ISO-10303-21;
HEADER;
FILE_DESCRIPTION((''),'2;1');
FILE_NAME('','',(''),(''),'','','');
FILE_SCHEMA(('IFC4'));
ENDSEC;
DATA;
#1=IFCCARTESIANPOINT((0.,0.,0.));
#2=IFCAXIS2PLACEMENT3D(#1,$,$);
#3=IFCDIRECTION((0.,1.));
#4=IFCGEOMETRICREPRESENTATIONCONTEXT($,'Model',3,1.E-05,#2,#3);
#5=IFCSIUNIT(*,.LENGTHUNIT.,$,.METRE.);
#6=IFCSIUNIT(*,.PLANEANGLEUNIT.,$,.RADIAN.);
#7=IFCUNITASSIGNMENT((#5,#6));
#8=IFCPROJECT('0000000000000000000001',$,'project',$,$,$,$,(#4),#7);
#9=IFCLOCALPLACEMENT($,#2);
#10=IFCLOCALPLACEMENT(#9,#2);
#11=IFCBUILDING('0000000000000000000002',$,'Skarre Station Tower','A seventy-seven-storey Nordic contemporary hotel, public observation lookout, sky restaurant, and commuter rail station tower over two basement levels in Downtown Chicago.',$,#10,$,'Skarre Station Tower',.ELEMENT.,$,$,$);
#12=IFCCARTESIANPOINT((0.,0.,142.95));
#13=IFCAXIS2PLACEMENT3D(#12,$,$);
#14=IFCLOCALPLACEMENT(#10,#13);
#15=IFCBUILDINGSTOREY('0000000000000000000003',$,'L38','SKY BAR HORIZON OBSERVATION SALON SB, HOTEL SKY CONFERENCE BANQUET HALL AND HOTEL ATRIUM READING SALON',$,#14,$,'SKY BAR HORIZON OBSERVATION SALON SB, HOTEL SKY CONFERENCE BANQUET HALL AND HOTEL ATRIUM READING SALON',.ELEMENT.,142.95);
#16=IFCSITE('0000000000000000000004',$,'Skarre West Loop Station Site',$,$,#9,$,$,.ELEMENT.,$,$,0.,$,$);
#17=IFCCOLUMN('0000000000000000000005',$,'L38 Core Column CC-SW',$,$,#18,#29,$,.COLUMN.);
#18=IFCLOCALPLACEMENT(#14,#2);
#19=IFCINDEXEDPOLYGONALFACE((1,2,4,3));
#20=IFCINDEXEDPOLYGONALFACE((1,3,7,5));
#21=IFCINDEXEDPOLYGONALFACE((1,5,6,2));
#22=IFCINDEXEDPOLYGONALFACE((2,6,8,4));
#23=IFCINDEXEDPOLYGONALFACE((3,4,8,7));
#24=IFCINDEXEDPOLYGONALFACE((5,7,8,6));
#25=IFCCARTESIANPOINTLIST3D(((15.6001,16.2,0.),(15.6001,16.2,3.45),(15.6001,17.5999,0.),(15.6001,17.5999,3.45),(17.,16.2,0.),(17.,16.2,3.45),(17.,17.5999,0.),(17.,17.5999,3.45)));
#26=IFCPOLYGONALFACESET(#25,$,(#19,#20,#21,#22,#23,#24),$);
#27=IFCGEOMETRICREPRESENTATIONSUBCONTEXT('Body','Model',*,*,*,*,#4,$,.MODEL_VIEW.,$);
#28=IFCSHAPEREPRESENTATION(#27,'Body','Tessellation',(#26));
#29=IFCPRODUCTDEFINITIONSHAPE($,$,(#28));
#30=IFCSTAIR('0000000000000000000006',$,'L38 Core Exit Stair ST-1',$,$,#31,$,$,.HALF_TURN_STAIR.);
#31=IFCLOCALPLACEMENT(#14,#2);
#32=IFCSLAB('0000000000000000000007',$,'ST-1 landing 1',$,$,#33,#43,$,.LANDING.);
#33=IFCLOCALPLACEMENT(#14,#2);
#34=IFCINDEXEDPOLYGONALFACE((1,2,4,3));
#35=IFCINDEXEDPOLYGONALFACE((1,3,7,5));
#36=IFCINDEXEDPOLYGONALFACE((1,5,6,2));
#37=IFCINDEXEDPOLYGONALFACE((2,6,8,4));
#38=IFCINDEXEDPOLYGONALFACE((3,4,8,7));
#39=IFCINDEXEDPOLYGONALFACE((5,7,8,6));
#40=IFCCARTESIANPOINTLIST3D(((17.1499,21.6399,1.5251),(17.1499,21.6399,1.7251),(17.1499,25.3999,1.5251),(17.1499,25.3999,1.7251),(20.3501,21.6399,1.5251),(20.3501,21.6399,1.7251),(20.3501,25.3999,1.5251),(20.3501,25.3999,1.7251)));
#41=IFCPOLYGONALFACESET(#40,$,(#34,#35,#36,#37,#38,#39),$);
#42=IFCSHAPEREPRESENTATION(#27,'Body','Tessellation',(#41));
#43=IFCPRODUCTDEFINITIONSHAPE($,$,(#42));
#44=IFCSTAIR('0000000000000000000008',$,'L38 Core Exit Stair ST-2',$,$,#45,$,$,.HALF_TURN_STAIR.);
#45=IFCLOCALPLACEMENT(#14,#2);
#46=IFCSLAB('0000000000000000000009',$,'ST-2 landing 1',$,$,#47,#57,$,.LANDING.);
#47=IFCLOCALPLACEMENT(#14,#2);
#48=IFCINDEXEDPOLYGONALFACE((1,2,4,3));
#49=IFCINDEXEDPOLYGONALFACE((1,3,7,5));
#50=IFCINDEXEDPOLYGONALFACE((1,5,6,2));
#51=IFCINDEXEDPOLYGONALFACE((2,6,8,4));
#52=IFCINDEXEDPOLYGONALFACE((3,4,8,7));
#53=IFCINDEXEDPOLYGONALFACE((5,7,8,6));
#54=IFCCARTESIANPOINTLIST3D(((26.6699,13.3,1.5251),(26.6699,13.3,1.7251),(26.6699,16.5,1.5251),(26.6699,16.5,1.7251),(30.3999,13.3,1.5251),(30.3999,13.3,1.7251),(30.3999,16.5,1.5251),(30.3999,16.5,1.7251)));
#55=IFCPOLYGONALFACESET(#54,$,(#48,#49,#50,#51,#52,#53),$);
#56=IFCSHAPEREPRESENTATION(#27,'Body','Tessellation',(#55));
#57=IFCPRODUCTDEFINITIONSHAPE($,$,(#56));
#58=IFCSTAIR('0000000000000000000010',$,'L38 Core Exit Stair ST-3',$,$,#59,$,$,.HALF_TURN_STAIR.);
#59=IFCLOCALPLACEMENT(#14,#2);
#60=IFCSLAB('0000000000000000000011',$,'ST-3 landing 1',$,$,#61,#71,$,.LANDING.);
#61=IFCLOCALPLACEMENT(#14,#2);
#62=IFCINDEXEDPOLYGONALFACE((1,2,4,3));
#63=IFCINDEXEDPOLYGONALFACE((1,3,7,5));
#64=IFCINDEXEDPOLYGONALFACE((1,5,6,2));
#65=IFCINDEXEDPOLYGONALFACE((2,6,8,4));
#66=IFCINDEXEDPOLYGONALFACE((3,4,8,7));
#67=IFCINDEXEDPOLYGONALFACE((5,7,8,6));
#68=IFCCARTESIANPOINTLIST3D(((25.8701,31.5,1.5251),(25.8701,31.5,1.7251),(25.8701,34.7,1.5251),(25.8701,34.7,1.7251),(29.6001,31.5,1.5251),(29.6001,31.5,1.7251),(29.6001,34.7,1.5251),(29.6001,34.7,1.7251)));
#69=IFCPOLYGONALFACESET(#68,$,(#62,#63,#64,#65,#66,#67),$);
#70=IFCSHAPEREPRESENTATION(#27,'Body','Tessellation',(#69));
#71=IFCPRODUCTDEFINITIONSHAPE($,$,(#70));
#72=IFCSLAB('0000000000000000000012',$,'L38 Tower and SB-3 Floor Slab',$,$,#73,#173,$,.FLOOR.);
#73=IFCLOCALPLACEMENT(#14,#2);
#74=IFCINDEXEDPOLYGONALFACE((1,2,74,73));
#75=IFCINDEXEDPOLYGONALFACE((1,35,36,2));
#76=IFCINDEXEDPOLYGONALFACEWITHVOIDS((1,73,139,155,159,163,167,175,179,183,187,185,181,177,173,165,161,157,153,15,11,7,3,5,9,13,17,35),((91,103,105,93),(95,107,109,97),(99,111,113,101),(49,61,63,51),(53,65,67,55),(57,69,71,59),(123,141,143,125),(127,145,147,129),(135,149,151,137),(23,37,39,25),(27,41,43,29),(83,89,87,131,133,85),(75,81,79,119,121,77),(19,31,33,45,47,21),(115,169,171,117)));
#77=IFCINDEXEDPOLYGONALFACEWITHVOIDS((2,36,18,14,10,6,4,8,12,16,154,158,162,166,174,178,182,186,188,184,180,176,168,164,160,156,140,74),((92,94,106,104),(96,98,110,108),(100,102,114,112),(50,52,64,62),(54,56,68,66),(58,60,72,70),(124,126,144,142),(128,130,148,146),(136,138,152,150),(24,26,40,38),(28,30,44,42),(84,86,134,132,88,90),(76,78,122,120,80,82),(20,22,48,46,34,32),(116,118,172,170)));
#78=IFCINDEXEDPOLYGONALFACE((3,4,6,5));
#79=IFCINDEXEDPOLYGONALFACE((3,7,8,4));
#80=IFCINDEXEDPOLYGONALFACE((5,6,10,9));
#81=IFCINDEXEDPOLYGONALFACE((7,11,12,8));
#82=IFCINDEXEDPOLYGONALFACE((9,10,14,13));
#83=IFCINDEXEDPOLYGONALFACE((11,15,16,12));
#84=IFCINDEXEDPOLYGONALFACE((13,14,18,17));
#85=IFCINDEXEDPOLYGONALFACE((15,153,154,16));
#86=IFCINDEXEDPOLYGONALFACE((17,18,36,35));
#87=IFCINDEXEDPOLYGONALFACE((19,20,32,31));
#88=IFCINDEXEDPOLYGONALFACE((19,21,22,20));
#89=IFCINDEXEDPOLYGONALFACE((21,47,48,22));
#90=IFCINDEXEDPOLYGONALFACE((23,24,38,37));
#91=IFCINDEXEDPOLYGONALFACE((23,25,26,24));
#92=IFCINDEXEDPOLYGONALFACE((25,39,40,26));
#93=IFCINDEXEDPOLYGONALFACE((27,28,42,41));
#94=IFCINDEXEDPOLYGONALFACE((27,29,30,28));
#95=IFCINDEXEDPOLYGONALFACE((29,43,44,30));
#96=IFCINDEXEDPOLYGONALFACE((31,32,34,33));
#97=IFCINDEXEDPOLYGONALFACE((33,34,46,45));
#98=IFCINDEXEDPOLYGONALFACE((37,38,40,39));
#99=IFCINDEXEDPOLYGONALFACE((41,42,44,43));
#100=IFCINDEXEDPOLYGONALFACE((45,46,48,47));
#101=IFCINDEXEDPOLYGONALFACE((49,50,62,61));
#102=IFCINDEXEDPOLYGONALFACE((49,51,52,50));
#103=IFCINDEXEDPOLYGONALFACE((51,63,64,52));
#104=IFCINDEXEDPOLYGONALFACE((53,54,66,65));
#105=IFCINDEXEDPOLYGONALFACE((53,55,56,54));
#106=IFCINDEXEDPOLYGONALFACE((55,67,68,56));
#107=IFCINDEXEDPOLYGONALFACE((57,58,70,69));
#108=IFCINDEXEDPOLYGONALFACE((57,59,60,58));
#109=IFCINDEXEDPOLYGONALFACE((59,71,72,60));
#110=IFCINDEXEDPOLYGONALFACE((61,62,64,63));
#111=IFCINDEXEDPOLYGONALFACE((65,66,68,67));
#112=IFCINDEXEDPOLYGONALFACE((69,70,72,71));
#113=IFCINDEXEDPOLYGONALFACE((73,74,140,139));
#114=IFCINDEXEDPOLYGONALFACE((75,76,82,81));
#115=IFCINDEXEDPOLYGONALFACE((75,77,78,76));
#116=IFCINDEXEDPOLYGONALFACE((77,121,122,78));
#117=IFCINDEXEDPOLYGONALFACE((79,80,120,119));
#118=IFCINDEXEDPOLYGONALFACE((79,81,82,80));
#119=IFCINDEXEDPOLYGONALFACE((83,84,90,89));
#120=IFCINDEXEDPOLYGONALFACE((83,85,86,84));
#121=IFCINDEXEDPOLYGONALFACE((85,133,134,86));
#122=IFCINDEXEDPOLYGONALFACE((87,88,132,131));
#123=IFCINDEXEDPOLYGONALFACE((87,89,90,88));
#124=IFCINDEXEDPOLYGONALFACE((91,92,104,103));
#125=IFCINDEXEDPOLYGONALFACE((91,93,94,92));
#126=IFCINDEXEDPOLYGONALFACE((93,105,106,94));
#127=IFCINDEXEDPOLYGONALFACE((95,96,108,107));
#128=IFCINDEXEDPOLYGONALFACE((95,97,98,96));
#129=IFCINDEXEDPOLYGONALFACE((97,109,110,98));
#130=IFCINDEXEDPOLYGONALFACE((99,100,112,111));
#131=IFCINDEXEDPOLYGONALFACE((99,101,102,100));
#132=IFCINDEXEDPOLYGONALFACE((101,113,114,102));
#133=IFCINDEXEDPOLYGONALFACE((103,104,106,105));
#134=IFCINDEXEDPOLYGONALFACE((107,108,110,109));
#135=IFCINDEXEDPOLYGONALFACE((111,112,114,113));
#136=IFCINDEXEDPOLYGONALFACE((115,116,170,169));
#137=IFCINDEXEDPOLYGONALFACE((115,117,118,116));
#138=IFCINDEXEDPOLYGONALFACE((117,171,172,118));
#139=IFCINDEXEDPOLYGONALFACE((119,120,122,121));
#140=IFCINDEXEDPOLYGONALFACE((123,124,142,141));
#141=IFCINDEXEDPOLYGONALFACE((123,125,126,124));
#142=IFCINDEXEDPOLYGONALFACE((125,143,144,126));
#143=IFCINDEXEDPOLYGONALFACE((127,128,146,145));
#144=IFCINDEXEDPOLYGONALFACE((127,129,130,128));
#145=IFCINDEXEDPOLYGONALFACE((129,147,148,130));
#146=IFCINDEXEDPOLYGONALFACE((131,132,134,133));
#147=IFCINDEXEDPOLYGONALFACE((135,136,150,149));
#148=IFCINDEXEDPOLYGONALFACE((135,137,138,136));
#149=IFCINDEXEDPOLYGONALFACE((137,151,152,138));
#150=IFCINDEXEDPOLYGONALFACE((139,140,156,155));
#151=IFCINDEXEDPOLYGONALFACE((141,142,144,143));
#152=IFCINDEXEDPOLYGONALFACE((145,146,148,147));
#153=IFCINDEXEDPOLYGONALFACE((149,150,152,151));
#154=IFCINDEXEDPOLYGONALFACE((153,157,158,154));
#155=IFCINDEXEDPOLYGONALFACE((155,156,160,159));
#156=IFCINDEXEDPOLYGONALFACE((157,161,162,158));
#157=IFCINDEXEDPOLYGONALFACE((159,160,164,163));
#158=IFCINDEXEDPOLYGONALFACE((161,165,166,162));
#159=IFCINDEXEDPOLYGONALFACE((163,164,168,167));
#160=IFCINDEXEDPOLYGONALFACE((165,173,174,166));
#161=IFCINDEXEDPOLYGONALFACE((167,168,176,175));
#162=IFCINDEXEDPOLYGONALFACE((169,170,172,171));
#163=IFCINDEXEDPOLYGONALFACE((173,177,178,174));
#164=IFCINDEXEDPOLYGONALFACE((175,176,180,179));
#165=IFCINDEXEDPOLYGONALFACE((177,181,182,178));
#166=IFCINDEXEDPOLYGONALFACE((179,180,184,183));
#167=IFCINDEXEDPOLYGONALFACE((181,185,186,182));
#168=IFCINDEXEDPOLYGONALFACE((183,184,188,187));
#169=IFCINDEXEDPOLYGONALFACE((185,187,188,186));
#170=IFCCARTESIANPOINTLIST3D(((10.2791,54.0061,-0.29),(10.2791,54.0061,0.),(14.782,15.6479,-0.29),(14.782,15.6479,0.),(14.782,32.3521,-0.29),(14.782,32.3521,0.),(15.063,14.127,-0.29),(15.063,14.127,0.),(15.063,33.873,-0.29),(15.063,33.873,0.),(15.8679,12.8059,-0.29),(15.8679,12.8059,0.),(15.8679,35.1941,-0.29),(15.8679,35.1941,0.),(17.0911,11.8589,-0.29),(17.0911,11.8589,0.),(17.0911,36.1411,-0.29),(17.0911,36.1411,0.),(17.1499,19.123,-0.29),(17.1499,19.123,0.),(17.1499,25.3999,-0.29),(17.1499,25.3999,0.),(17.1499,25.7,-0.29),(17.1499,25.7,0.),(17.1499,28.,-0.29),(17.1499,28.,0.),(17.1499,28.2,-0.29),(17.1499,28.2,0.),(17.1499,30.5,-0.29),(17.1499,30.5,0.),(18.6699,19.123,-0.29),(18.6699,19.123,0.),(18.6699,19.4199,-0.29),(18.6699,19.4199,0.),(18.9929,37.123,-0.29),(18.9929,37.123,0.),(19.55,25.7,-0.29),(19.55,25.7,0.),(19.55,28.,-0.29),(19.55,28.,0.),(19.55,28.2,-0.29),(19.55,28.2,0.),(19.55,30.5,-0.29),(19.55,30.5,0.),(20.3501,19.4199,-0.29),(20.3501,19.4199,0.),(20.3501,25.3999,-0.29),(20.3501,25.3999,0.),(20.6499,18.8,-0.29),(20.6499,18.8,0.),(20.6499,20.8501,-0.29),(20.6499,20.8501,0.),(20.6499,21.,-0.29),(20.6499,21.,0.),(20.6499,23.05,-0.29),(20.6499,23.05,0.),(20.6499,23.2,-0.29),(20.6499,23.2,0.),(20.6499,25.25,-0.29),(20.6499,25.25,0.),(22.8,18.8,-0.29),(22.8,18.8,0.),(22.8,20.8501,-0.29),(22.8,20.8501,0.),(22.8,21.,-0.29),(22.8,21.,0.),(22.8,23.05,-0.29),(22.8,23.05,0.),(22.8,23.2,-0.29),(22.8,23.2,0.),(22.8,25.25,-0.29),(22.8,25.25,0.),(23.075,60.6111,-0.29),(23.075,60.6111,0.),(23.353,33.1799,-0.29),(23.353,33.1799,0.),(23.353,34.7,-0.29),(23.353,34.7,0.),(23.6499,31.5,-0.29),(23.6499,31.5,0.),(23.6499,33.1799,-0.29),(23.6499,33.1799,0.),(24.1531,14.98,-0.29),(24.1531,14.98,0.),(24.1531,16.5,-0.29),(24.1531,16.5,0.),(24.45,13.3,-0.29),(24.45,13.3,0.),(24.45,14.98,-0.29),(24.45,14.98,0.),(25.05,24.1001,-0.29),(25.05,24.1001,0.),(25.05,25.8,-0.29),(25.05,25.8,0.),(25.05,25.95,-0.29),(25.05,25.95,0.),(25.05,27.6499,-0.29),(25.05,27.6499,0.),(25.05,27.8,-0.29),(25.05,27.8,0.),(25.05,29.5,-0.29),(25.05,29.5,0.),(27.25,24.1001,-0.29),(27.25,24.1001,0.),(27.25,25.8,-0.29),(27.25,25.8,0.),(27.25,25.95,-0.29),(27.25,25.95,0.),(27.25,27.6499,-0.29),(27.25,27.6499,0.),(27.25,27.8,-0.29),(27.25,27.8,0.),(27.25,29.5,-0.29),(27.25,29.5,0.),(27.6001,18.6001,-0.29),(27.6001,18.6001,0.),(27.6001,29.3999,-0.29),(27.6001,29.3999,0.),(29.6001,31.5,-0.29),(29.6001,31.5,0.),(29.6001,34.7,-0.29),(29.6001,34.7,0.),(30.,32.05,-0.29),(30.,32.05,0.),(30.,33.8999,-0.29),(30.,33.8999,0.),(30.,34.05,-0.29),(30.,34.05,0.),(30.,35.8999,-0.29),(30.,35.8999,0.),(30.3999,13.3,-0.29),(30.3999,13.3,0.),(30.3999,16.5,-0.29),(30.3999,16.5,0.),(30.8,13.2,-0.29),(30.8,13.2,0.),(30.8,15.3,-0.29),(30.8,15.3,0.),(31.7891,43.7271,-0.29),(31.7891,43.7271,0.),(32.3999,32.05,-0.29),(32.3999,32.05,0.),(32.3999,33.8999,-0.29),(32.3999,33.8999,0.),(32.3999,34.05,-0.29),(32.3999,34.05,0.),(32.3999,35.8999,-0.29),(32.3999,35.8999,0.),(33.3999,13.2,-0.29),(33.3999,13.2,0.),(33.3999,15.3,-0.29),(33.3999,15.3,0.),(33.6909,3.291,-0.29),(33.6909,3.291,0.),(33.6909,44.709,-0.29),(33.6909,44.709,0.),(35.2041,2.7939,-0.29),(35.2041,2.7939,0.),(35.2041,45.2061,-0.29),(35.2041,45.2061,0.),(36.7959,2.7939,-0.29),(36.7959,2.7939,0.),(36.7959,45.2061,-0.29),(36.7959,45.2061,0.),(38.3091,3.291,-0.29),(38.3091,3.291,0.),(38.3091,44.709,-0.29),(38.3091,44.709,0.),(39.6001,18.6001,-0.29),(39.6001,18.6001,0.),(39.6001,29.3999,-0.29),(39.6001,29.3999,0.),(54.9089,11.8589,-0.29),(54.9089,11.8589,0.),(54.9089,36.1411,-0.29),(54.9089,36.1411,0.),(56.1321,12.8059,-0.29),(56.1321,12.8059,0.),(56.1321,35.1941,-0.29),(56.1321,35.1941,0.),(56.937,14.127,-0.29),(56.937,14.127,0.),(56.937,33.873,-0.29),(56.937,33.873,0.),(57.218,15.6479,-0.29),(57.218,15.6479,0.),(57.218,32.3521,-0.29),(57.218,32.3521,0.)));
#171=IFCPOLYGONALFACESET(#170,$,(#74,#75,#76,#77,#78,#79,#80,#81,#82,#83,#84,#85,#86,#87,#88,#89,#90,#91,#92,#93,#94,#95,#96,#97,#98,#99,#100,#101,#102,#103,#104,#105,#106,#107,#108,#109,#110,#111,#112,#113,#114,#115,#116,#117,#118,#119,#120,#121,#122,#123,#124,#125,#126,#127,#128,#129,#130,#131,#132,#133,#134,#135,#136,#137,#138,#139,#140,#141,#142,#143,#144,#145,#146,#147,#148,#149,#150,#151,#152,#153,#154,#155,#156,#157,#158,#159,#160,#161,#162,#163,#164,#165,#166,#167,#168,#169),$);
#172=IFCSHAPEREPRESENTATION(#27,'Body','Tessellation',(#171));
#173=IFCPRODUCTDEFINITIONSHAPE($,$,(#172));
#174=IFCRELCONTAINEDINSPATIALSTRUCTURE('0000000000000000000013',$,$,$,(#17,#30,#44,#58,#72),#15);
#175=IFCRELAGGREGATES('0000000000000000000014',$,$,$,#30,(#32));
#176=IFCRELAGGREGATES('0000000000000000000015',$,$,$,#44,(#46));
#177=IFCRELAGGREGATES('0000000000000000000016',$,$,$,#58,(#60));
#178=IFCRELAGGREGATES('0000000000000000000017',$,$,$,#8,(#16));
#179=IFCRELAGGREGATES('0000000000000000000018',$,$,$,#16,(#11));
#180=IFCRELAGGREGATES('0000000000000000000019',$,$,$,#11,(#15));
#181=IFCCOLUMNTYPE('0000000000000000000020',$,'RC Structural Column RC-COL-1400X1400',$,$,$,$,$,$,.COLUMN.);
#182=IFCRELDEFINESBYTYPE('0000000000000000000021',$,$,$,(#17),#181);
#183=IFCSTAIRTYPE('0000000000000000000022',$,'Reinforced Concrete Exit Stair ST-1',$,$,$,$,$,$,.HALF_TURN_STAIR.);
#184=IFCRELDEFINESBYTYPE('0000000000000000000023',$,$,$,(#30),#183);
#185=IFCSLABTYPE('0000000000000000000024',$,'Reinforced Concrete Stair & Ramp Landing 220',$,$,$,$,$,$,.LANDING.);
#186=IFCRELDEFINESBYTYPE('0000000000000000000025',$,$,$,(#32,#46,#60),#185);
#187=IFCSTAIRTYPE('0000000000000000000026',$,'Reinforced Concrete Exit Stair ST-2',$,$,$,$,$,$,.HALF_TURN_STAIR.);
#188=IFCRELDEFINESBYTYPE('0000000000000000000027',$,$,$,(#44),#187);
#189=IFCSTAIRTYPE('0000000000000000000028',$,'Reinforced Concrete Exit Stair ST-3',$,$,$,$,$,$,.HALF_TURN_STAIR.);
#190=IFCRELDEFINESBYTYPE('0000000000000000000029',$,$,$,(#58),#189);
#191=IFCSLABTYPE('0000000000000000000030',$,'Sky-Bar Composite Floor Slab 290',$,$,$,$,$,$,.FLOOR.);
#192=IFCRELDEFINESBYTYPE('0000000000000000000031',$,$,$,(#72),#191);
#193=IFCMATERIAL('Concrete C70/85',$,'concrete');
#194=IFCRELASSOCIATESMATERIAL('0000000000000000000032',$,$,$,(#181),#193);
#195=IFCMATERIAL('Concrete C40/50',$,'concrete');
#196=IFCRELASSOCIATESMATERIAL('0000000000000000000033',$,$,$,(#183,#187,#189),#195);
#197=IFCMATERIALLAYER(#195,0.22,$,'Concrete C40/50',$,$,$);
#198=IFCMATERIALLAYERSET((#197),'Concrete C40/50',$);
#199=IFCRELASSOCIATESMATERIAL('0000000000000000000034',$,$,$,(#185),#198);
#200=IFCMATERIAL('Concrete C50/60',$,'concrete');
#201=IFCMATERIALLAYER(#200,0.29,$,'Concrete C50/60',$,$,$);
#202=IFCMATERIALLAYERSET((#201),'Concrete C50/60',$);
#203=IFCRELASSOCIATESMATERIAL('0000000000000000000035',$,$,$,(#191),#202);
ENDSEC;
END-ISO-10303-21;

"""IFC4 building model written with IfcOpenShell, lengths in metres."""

from ifc_helpers import new_model, si_unit, direction, frame, origin, origin_2d, place, context, subcontext, project, spatial, polyline, rectangle, outline, extrude, material, layer, layer_set, material_profile, profile_set, type_object, element, aggregate, save


model = new_model("IFC4")

# Units and contexts
model_context = context("Model", 3, precision=1e-05, world=origin(), true_north=direction((0.0, 1.0)))
body_context = subcontext(model_context, "Body", "Model", "MODEL_VIEW")
ifc_project = project(units=[si_unit("LENGTHUNIT", "METRE"), si_unit("PLANEANGLEUNIT", "RADIAN")], contexts=[model_context])

# Site, building, storey
site_placement = place(None, origin())
site = spatial("IfcSite", under=ifc_project, at=site_placement, Name="Skarre West Loop Station Site", CompositionType="ELEMENT", RefElevation=0.0)
building_placement = place(site_placement, origin())
building = spatial("IfcBuilding", under=site, at=building_placement, Name="Skarre Station Tower", Description="A seventy-seven-storey Nordic contemporary hotel, public observation lookout, sky restaurant, and commuter rail station tower over two basement levels in Downtown Chicago.", LongName="Skarre Station Tower", CompositionType="ELEMENT")
storey_placement = place(building_placement, frame((0.0, 0.0, 142.95)))
storey = spatial("IfcBuildingStorey", under=building, at=storey_placement, Name="L38", Description="SKY BAR HORIZON OBSERVATION SALON SB, HOTEL SKY CONFERENCE BANQUET HALL AND HOTEL ATRIUM READING SALON", LongName="SKY BAR HORIZON OBSERVATION SALON SB, HOTEL SKY CONFERENCE BANQUET HALL AND HOTEL ATRIUM READING SALON", CompositionType="ELEMENT", Elevation=142.95)

# Column
ifc_material_1 = material(Name="Concrete C70/85", Category="concrete")
ifc_material_profile = material_profile(ifc_material_1, rectangle(XDim=1.3999, YDim=1.3999, at=origin_2d()), Name="Concrete C70/85")
ifc_profile_set = profile_set([ifc_material_profile], Name="Concrete C70/85")
column_type = type_object("IfcColumnType", Name="RC Structural Column RC-COL-1400X1400", PredefinedType="COLUMN", material=ifc_profile_set)
column_placement = place(storey_placement, frame((16.3, 16.8999, 0.0), z_axis=(0.0, 0.0, 1.0), x_axis=(1.0, 0.0, 0.0)))
element("IfcColumn", 1, at=column_placement, inside=storey, type_object=column_type, Name="L38 Core Column CC-SW", PredefinedType="COLUMN", context=body_context, shape_type="SweptSolid", body=[
    extrude(rectangle(XDim=1.3999, YDim=1.3999, at=origin_2d()), origin(), (0.0, 0.0, 1.0), 3.45),
])

# Stairs, slabs
ifc_material_2 = material(Name="Concrete C40/50", Category="concrete")
stair_type_1 = type_object("IfcStairType", Name="Reinforced Concrete Exit Stair ST-1", PredefinedType="HALF_TURN_STAIR", material=ifc_material_2)
stair_1_placement = place(storey_placement, origin())
stair_1 = element("IfcStair", 2, at=stair_1_placement, inside=storey, type_object=stair_type_1, Name="L38 Core Exit Stair ST-1", PredefinedType="HALF_TURN_STAIR")
ifc_layer_1 = layer(ifc_material_2, 0.22, Name="Concrete C40/50")
ifc_layer_set_1 = layer_set([ifc_layer_1], Name="Concrete C40/50")
slab_type_1 = type_object("IfcSlabType", Name="Reinforced Concrete Stair & Ramp Landing 220", PredefinedType="LANDING", material=ifc_layer_set_1)
slab_1_placement = place(storey_placement, frame((0.0, 0.0, 1.5251)))
slab_1 = element("IfcSlab", 3, at=slab_1_placement, type_object=slab_type_1, Name="ST-1 landing 1", PredefinedType="LANDING", context=body_context, shape_type="SweptSolid", body=[
    extrude(outline(polyline([(20.3501, 21.6399), (20.3501, 25.3999), (17.1499, 25.3999), (17.1499, 21.6399), (20.3501, 21.6399)])), origin(), (0.0, 0.0, 1.0), 0.2),
])
aggregate(stair_1, [slab_1])
stair_type_2 = type_object("IfcStairType", Name="Reinforced Concrete Exit Stair ST-2", PredefinedType="HALF_TURN_STAIR", material=ifc_material_2)
stair_2_placement = place(storey_placement, origin())
stair_2 = element("IfcStair", 4, at=stair_2_placement, inside=storey, type_object=stair_type_2, Name="L38 Core Exit Stair ST-2", PredefinedType="HALF_TURN_STAIR")
slab_2_placement = place(storey_placement, frame((0.0, 0.0, 1.5251)))
slab_2 = element("IfcSlab", 5, at=slab_2_placement, type_object=slab_type_1, Name="ST-2 landing 1", PredefinedType="LANDING", context=body_context, shape_type="SweptSolid", body=[
    extrude(outline(polyline([(26.6699, 13.3), (30.3999, 13.3), (30.3999, 16.5), (26.6699, 16.5), (26.6699, 13.3)])), origin(), (0.0, 0.0, 1.0), 0.2),
])
aggregate(stair_2, [slab_2])
stair_type_3 = type_object("IfcStairType", Name="Reinforced Concrete Exit Stair ST-3", PredefinedType="HALF_TURN_STAIR", material=ifc_material_2)
stair_3_placement = place(storey_placement, origin())
stair_3 = element("IfcStair", 6, at=stair_3_placement, inside=storey, type_object=stair_type_3, Name="L38 Core Exit Stair ST-3", PredefinedType="HALF_TURN_STAIR")
slab_3_placement = place(storey_placement, frame((0.0, 0.0, 1.5251)))
slab_3 = element("IfcSlab", 7, at=slab_3_placement, type_object=slab_type_1, Name="ST-3 landing 1", PredefinedType="LANDING", context=body_context, shape_type="SweptSolid", body=[
    extrude(outline(polyline([(25.8701, 31.5), (29.6001, 31.5), (29.6001, 34.7), (25.8701, 34.7), (25.8701, 31.5)])), origin(), (0.0, 0.0, 1.0), 0.2),
])
aggregate(stair_3, [slab_3])

# Slab
ifc_material_3 = material(Name="Concrete C50/60", Category="concrete")
ifc_layer_2 = layer(ifc_material_3, 0.29, Name="Concrete C50/60")
ifc_layer_set_2 = layer_set([ifc_layer_2], Name="Concrete C50/60")
slab_type_2 = type_object("IfcSlabType", Name="Sky-Bar Composite Floor Slab 290", PredefinedType="FLOOR", material=ifc_layer_set_2)
slab_4_placement = place(storey_placement, frame((0.0, 0.0, -0.29)))
element("IfcSlab", 8, at=slab_4_placement, inside=storey, type_object=slab_type_2, Name="L38 Tower and SB-3 Floor Slab", PredefinedType="FLOOR", context=body_context, shape_type="SweptSolid", body=[
    extrude(outline(polyline([(31.7891, 43.7271), (23.075, 60.6111), (10.2791, 54.0061), (18.9929, 37.123), (17.0911, 36.1411), (15.8679, 35.1941), (15.063, 33.873), (14.782, 32.3521), (14.782, 15.6479), (15.063, 14.127), (15.8679, 12.8059), (17.0911, 11.8589), (33.6909, 3.291), (35.2041, 2.7939), (36.7959, 2.7939), (38.3091, 3.291), (54.9089, 11.8589), (56.1321, 12.8059), (56.937, 14.127), (57.218, 15.6479), (57.218, 32.3521), (56.937, 33.873), (56.1321, 35.1941), (54.9089, 36.1411), (38.3091, 44.709), (36.7959, 45.2061), (35.2041, 45.2061), (33.6909, 44.709), (31.7891, 43.7271)]), holes=[polyline([(18.6699, 19.4199), (18.6699, 19.123), (17.1499, 19.123), (17.1499, 25.3999), (20.3501, 25.3999), (20.3501, 19.4199), (18.6699, 19.4199)]), polyline([(24.45, 14.98), (24.1531, 14.98), (24.1531, 16.5), (30.3999, 16.5), (30.3999, 13.3), (24.45, 13.3), (24.45, 14.98)]), polyline([(23.6499, 33.1799), (23.353, 33.1799), (23.353, 34.7), (29.6001, 34.7), (29.6001, 31.5), (23.6499, 31.5), (23.6499, 33.1799)]), polyline([(17.1499, 28.0), (19.55, 28.0), (19.55, 25.7), (17.1499, 25.7), (17.1499, 28.0)]), polyline([(17.1499, 30.5), (19.55, 30.5), (19.55, 28.2), (17.1499, 28.2), (17.1499, 30.5)]), polyline([(30.8, 15.3), (33.3999, 15.3), (33.3999, 13.2), (30.8, 13.2), (30.8, 15.3)]), polyline([(25.05, 25.8), (27.25, 25.8), (27.25, 24.1001), (25.05, 24.1001), (25.05, 25.8)]), polyline([(25.05, 27.6499), (27.25, 27.6499), (27.25, 25.95), (25.05, 25.95), (25.05, 27.6499)]), polyline([(25.05, 29.5), (27.25, 29.5), (27.25, 27.8), (25.05, 27.8), (25.05, 29.5)]), polyline([(20.6499, 20.8501), (22.8, 20.8501), (22.8, 18.8), (20.6499, 18.8), (20.6499, 20.8501)]), polyline([(20.6499, 23.05), (22.8, 23.05), (22.8, 21.0), (20.6499, 21.0), (20.6499, 23.05)]), polyline([(20.6499, 25.25), (22.8, 25.25), (22.8, 23.2), (20.6499, 23.2), (20.6499, 25.25)]), polyline([(30.0, 33.8999), (32.3999, 33.8999), (32.3999, 32.05), (30.0, 32.05), (30.0, 33.8999)]), polyline([(30.0, 35.8999), (32.3999, 35.8999), (32.3999, 34.05), (30.0, 34.05), (30.0, 35.8999)]), polyline([(27.6001, 29.3999), (39.6001, 29.3999), (39.6001, 18.6001), (27.6001, 18.6001), (27.6001, 29.3999)])]), origin(), (0.0, 0.0, 1.0), 0.29),
])

save(model, "model.ifc")
